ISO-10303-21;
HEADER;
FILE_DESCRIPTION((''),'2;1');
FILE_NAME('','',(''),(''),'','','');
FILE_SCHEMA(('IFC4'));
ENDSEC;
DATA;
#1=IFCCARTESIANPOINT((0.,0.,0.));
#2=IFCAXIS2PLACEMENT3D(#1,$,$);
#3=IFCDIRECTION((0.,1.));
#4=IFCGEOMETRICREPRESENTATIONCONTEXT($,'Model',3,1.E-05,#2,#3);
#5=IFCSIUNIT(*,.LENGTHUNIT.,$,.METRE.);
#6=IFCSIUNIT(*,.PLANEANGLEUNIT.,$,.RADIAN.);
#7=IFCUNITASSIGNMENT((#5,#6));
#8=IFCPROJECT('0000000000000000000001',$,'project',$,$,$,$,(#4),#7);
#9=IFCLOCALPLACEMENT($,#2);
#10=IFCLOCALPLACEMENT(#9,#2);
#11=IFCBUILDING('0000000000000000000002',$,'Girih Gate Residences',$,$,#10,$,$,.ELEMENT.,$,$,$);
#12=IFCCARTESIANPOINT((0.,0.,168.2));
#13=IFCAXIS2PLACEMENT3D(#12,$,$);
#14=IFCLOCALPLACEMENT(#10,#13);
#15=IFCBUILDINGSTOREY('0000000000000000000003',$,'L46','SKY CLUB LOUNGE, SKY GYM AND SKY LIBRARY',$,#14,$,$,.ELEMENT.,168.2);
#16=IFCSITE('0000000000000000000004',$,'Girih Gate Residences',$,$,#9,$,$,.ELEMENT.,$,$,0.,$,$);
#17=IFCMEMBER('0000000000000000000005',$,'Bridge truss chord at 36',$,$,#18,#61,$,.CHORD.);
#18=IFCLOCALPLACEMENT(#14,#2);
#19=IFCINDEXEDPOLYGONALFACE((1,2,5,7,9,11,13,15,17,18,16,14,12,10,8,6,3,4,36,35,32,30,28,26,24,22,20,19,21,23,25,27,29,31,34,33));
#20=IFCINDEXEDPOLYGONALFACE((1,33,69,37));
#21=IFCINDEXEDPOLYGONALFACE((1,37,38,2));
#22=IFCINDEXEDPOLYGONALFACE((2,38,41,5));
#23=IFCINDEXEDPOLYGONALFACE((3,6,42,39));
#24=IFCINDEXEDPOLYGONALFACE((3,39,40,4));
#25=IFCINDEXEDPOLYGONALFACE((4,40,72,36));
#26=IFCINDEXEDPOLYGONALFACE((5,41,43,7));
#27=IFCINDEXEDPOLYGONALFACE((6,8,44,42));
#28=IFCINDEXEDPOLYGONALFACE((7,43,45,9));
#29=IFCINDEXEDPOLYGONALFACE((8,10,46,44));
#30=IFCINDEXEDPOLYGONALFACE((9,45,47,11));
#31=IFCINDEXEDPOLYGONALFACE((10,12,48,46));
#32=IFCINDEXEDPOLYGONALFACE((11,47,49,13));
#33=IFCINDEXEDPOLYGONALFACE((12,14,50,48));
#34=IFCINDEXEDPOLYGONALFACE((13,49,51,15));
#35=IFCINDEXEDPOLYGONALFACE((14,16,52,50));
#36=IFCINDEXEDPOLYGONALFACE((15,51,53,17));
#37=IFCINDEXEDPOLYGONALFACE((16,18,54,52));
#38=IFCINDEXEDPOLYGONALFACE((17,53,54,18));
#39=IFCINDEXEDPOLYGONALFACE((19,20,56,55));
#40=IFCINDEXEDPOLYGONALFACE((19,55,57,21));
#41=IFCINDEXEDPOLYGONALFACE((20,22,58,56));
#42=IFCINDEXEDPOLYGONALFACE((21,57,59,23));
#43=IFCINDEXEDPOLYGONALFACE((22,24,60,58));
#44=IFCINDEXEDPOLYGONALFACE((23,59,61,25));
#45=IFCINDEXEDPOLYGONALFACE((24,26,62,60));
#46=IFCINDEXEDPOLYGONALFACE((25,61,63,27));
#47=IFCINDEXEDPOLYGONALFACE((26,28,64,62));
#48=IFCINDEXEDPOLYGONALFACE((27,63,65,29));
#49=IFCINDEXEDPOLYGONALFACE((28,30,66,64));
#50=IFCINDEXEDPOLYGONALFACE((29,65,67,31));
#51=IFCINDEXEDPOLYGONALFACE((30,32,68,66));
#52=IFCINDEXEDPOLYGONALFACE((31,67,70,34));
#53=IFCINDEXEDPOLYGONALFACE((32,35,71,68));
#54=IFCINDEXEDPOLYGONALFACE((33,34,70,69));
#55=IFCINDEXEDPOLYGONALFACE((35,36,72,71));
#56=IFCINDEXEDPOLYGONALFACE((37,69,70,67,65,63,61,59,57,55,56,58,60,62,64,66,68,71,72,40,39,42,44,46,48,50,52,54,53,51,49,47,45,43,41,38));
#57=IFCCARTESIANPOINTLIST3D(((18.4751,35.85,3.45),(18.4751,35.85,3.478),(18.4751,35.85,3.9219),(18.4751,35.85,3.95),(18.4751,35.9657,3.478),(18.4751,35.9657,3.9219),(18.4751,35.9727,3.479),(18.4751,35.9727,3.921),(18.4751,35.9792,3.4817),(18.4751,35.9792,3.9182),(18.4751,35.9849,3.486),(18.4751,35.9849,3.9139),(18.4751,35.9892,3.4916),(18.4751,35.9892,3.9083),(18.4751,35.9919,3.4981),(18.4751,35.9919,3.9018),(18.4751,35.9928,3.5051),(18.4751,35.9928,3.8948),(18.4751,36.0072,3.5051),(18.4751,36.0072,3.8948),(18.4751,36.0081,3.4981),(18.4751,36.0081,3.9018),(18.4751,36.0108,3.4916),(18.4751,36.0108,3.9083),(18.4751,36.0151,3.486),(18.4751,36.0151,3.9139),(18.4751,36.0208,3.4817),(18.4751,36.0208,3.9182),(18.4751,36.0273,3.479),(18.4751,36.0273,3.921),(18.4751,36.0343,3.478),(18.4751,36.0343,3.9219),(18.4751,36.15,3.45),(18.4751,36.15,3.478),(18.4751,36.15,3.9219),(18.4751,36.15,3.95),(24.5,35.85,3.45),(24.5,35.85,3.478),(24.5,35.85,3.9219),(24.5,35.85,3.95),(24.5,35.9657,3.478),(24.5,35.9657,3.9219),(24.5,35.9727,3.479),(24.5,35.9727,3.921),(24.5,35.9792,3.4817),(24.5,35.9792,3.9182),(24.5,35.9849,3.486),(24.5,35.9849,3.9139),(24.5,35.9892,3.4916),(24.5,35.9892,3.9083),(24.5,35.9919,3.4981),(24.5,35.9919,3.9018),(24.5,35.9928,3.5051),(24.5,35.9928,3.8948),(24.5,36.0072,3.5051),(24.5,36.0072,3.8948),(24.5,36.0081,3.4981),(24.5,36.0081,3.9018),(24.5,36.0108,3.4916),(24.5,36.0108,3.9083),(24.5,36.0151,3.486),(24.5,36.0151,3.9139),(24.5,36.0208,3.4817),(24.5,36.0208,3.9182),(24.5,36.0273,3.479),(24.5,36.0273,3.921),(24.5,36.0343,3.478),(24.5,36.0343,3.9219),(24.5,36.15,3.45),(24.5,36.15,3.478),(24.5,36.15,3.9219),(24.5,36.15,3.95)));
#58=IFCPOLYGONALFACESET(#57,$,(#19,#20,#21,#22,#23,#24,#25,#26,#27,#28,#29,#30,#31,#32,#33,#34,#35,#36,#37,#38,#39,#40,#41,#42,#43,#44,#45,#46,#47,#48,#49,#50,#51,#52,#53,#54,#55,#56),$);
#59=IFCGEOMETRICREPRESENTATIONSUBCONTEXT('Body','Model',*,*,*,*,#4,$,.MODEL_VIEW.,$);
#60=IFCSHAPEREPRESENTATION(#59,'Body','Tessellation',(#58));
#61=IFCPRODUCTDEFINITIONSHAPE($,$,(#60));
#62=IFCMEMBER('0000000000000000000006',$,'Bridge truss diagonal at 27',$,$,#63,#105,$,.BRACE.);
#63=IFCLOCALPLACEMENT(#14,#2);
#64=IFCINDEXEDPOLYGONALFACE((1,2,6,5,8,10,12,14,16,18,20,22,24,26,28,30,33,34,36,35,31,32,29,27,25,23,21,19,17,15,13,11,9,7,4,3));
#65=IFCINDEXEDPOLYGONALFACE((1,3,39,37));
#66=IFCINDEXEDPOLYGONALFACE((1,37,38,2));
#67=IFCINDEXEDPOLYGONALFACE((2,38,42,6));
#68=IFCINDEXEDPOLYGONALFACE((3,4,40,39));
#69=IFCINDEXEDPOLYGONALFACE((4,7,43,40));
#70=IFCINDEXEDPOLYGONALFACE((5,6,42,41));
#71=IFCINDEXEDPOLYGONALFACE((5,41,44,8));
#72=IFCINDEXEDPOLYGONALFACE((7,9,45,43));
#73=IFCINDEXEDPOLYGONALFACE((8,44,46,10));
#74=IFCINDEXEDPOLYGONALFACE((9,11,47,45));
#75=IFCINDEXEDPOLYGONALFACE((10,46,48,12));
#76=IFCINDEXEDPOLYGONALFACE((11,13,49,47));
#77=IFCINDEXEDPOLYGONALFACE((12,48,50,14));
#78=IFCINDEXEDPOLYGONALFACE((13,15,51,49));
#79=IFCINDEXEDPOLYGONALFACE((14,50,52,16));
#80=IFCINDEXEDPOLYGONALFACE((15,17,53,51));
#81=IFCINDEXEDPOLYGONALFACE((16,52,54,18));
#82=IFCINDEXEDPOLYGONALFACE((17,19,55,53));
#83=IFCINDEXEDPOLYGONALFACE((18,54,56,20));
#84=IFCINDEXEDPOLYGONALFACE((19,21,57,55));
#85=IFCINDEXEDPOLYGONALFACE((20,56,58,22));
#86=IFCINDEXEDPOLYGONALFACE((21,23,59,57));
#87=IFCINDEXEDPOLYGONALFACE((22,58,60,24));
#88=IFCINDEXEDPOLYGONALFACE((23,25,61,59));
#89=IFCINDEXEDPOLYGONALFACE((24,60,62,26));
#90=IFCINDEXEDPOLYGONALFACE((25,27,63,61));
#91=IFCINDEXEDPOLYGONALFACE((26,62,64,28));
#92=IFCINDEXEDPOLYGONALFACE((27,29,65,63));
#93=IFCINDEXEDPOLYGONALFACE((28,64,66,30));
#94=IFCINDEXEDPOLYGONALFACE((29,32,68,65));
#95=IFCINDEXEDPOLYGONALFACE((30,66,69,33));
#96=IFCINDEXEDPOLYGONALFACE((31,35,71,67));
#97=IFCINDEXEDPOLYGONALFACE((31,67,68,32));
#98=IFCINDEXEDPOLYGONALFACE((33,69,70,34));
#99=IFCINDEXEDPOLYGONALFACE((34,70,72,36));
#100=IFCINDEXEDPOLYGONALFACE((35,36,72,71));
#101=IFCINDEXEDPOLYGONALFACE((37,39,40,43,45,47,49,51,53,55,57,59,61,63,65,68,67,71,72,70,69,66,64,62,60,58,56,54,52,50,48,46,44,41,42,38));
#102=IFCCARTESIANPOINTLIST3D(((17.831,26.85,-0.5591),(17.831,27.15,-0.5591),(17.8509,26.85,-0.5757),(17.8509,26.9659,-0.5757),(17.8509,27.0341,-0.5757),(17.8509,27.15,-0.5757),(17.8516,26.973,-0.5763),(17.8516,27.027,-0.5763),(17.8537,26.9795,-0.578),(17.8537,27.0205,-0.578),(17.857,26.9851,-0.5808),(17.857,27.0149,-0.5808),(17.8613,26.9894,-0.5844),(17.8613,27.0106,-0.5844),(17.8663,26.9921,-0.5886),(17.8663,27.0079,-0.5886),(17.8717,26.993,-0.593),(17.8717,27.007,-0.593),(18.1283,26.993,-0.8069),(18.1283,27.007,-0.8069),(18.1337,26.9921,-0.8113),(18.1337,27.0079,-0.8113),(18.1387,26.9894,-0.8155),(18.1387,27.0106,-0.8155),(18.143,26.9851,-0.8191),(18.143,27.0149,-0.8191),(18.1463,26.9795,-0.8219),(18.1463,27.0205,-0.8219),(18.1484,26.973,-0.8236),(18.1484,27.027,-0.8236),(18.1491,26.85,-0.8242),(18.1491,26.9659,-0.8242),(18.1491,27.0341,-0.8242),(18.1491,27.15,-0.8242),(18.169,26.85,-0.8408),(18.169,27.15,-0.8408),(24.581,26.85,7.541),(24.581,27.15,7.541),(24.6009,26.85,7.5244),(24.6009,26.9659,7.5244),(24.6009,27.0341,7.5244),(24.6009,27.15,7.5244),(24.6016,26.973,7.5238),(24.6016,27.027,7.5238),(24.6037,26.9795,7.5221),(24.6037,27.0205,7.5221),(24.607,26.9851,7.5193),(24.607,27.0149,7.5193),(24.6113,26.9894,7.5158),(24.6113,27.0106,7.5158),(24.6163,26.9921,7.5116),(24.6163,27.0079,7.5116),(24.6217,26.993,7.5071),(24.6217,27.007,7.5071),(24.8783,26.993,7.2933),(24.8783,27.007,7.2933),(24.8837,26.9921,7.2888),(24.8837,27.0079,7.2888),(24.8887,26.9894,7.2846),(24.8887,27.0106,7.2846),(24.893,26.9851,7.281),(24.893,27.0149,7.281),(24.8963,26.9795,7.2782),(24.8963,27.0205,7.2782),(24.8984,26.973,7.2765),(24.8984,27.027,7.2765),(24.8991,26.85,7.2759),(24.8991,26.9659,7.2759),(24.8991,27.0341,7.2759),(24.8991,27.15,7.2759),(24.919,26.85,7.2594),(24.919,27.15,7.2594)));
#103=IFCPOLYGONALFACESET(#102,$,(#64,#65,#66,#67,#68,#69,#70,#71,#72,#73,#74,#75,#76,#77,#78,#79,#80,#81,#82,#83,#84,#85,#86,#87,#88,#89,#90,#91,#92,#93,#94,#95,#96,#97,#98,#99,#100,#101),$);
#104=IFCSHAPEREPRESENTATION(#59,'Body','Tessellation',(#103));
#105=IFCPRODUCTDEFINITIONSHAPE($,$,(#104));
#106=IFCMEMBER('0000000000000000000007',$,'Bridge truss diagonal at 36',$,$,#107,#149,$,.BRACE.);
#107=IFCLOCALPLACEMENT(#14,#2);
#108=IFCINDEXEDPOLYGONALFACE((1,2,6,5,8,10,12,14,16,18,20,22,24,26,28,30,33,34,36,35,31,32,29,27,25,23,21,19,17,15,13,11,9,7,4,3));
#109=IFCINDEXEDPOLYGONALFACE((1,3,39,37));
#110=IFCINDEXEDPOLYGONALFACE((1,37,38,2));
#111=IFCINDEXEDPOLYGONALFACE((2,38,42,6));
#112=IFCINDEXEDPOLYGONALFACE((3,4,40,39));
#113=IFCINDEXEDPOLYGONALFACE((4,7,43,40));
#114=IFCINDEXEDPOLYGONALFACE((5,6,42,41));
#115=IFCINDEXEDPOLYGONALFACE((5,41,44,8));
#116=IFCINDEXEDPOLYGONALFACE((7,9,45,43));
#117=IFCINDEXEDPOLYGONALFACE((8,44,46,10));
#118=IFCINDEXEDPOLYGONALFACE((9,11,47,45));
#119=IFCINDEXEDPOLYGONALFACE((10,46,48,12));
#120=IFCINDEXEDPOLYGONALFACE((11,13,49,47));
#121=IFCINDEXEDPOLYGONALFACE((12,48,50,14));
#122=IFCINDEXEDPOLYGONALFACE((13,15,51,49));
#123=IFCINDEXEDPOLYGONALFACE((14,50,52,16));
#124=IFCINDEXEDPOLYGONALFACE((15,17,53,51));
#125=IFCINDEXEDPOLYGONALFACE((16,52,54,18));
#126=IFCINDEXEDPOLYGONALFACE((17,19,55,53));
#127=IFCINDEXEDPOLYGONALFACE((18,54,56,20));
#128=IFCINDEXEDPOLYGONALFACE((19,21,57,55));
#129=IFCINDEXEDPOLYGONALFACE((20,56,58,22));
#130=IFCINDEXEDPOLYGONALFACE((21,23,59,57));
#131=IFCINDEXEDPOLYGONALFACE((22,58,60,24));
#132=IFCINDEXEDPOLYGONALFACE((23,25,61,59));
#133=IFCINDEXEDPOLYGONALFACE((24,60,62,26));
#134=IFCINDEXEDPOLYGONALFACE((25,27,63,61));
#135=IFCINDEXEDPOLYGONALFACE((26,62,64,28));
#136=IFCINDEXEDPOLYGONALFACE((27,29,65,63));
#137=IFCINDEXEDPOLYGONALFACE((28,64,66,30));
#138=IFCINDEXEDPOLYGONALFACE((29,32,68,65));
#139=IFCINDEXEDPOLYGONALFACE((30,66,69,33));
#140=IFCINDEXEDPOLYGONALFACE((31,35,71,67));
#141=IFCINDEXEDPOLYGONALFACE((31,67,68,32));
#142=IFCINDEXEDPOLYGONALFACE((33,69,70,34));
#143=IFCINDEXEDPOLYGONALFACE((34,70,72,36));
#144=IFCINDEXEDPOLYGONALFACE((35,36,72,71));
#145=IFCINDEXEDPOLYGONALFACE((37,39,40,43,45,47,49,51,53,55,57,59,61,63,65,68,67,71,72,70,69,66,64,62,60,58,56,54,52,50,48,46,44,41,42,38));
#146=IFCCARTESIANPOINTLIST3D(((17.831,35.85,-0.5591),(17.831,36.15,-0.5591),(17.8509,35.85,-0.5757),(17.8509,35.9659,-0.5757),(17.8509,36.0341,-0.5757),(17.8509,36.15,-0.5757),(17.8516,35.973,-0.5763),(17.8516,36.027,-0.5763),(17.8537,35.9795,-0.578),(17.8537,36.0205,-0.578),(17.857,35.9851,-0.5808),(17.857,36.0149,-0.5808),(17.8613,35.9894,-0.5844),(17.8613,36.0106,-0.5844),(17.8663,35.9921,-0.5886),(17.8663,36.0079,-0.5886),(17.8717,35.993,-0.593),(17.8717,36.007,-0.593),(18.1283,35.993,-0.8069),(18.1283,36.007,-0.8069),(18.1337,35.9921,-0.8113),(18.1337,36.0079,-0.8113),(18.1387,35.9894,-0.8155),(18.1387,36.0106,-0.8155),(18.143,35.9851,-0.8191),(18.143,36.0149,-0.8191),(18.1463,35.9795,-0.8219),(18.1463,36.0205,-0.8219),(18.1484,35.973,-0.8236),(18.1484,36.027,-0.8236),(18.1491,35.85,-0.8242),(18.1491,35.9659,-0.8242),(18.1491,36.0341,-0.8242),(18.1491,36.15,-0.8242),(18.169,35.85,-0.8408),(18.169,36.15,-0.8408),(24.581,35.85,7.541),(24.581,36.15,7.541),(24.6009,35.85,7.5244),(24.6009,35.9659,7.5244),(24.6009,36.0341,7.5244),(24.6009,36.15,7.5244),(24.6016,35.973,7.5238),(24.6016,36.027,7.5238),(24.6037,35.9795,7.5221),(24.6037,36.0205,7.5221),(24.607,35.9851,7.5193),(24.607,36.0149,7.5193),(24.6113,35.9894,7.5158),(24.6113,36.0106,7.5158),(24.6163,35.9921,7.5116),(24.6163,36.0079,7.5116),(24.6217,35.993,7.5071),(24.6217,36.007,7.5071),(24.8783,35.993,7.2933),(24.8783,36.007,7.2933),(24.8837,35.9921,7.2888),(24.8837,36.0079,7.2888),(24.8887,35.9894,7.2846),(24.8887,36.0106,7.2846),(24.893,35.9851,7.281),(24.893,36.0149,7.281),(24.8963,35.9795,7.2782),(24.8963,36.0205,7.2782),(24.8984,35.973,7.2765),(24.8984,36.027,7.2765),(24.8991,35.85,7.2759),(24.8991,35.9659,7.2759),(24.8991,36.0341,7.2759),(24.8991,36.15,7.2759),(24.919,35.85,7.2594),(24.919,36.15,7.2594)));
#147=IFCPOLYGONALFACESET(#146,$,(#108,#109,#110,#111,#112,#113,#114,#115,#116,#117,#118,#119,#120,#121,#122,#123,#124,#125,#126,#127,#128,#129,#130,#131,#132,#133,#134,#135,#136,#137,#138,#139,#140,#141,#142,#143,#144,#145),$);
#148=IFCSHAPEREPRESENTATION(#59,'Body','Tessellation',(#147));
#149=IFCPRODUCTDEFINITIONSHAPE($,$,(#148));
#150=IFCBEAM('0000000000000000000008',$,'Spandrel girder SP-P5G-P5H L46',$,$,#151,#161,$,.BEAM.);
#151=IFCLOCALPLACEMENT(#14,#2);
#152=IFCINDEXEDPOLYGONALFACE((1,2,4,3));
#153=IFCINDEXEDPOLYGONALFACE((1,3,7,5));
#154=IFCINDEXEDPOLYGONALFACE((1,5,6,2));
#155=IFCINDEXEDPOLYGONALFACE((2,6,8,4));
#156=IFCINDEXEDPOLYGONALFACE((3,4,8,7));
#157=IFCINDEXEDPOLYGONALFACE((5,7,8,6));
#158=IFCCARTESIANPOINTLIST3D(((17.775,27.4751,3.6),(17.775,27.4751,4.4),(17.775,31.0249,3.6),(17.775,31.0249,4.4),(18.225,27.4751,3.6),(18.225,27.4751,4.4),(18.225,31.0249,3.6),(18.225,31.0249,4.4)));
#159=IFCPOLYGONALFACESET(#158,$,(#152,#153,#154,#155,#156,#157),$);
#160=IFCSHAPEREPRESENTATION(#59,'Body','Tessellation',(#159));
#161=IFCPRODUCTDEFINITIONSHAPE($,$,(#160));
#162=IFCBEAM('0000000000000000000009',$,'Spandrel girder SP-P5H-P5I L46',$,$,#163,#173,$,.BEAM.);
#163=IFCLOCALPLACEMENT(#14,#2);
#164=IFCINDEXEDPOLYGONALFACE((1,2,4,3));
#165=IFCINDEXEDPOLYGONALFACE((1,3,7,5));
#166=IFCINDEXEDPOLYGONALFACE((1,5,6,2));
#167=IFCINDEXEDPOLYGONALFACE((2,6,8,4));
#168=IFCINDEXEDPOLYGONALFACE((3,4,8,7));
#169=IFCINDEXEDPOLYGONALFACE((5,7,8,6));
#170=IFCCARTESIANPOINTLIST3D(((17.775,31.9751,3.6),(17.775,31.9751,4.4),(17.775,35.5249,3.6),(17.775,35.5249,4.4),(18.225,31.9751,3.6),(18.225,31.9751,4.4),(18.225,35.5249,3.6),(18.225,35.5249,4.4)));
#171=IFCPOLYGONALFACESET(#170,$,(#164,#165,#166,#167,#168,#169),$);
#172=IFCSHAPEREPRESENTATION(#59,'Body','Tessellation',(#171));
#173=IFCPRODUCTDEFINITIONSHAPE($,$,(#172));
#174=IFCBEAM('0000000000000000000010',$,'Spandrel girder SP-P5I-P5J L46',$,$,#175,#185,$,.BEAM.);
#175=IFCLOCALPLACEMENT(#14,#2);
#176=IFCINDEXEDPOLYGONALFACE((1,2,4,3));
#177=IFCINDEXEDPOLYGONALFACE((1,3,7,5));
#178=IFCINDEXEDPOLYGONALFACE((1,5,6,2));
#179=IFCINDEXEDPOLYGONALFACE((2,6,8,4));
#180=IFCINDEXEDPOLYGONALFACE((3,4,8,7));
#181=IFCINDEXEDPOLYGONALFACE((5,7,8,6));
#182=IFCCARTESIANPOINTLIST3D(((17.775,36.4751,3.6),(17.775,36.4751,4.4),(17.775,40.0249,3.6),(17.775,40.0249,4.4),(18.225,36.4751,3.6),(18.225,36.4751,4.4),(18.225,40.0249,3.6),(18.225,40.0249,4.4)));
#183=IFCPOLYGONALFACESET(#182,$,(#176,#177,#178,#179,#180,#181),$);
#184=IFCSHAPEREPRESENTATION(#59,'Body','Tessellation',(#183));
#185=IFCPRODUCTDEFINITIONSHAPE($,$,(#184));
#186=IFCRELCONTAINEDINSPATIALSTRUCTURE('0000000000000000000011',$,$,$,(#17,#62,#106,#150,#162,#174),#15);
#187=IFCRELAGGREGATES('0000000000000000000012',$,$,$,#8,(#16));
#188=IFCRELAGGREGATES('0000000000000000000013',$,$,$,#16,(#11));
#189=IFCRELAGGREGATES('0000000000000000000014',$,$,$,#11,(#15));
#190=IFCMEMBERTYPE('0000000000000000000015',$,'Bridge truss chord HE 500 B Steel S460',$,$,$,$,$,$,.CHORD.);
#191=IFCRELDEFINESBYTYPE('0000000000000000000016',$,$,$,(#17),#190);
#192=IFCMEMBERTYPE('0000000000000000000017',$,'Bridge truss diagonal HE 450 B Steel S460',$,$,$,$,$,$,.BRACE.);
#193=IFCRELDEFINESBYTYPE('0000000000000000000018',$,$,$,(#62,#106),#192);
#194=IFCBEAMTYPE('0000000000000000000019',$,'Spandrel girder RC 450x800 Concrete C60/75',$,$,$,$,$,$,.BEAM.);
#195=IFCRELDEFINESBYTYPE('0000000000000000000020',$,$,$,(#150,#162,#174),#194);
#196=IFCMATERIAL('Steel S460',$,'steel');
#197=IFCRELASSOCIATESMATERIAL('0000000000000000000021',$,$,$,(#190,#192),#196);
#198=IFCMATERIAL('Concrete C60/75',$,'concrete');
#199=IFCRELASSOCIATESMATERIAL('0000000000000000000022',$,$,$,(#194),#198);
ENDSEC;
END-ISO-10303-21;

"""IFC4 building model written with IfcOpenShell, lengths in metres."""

from ifc_helpers import new_model, si_unit, direction, frame, origin, origin_2d, place, context, subcontext, project, spatial, rectangle, i_section, extrude, material, material_profile, profile_set, type_object, element, save


model = new_model("IFC4")

# Units and contexts
model_context = context("Model", 3, precision=1e-05, world=origin(), true_north=direction((0.0, 1.0)))
body_context = subcontext(model_context, "Body", "Model", "MODEL_VIEW")
ifc_project = project(units=[si_unit("LENGTHUNIT", "METRE"), si_unit("PLANEANGLEUNIT", "RADIAN")], contexts=[model_context])

# Site, building, storey
site_placement = place(None, origin())
site = spatial("IfcSite", under=ifc_project, at=site_placement, Name="Girih Gate Residences", CompositionType="ELEMENT", RefElevation=0.0)
building_placement = place(site_placement, origin())
building = spatial("IfcBuilding", under=site, at=building_placement, Name="Girih Gate Residences", CompositionType="ELEMENT")
storey_placement = place(building_placement, frame((0.0, 0.0, 168.2)))
storey = spatial("IfcBuildingStorey", under=building, at=storey_placement, Name="L46", Description="SKY CLUB LOUNGE, SKY GYM AND SKY LIBRARY", CompositionType="ELEMENT", Elevation=168.2)

# Members
ifc_material_1 = material(Name="Steel S460", Category="steel")
ifc_material_profile_1 = material_profile(ifc_material_1, i_section(OverallWidth=0.3, OverallDepth=0.5, WebThickness=0.0144, FlangeThickness=0.0281, FilletRadius=0.0271, at=origin_2d()))
ifc_profile_set_1 = profile_set([ifc_material_profile_1], Name="Steel S460")
member_type_1 = type_object("IfcMemberType", Name="Bridge truss chord HE 500 B Steel S460", PredefinedType="CHORD", material=ifc_profile_set_1)
for number, where, z_axis, x_axis, name in (
    (1, (18.4751, 36.0, 3.7), (1.0, 0.0, 0.0), (0.0, 1.0, 0.0), "Bridge truss chord at 36"),
):
    element("IfcMember", number, at=place(storey_placement, frame(where, z_axis=z_axis, x_axis=x_axis)), inside=storey, type_object=member_type_1, Name=name, PredefinedType="CHORD", context=body_context, shape_type="SweptSolid", body=[
        extrude(i_section(OverallWidth=0.3, OverallDepth=0.5, WebThickness=0.0144, FlangeThickness=0.0281, FilletRadius=0.0271, at=origin_2d()), origin(), (0.0, 0.0, 1.0), 6.0249),
    ])
ifc_material_profile_2 = material_profile(ifc_material_1, i_section(OverallWidth=0.3, OverallDepth=0.4399, WebThickness=0.0139, FlangeThickness=0.0259, FilletRadius=0.0271, at=origin_2d()))
ifc_profile_set_2 = profile_set([ifc_material_profile_2], Name="Steel S460")
member_type_2 = type_object("IfcMemberType", Name="Bridge truss diagonal HE 450 B Steel S460", PredefinedType="BRACE", material=ifc_profile_set_2)
for number, where, z_axis, x_axis, name in (
    (2, (18.0, 27.0, -0.7), (0.64018, 0.0, 0.768225), (0.0, 1.0, 0.0), "Bridge truss diagonal at 27"),
    (3, (18.0, 36.0, -0.7), (0.64018, 0.0, 0.768225), (0.0, 1.0, 0.0), "Bridge truss diagonal at 36"),
):
    element("IfcMember", number, at=place(storey_placement, frame(where, z_axis=z_axis, x_axis=x_axis)), inside=storey, type_object=member_type_2, Name=name, PredefinedType="BRACE", context=body_context, shape_type="SweptSolid", body=[
        extrude(i_section(OverallWidth=0.3, OverallDepth=0.4399, WebThickness=0.0139, FlangeThickness=0.0259, FilletRadius=0.0271, at=origin_2d()), origin(), (0.0, 0.0, 1.0), 10.5439),
    ])

# Beams
ifc_material_2 = material(Name="Concrete C60/75", Category="concrete")
ifc_material_profile_3 = material_profile(ifc_material_2, rectangle(XDim=0.45, YDim=0.8, at=origin_2d()))
ifc_profile_set_3 = profile_set([ifc_material_profile_3], Name="Concrete C60/75")
beam_type = type_object("IfcBeamType", Name="Spandrel girder RC 450x800 Concrete C60/75", PredefinedType="BEAM", material=ifc_profile_set_3)
for number, where, z_axis, x_axis, name in (
    (4, (18.0, 27.4751, 4.0), (0.0, 1.0, 0.0), (-1.0, 0.0, 0.0), "Spandrel girder SP-P5G-P5H L46"),
    (5, (18.0, 31.9751, 4.0), (0.0, 1.0, 0.0), (-1.0, 0.0, 0.0), "Spandrel girder SP-P5H-P5I L46"),
    (6, (18.0, 36.4751, 4.0), (0.0, 1.0, 0.0), (-1.0, 0.0, 0.0), "Spandrel girder SP-P5I-P5J L46"),
):
    element("IfcBeam", number, at=place(storey_placement, frame(where, z_axis=z_axis, x_axis=x_axis)), inside=storey, type_object=beam_type, Name=name, PredefinedType="BEAM", context=body_context, shape_type="SweptSolid", body=[
        extrude(rectangle(XDim=0.45, YDim=0.8, at=origin_2d()), origin(), (0.0, 0.0, 1.0), 3.5498),
    ])

save(model, "model.ifc")
